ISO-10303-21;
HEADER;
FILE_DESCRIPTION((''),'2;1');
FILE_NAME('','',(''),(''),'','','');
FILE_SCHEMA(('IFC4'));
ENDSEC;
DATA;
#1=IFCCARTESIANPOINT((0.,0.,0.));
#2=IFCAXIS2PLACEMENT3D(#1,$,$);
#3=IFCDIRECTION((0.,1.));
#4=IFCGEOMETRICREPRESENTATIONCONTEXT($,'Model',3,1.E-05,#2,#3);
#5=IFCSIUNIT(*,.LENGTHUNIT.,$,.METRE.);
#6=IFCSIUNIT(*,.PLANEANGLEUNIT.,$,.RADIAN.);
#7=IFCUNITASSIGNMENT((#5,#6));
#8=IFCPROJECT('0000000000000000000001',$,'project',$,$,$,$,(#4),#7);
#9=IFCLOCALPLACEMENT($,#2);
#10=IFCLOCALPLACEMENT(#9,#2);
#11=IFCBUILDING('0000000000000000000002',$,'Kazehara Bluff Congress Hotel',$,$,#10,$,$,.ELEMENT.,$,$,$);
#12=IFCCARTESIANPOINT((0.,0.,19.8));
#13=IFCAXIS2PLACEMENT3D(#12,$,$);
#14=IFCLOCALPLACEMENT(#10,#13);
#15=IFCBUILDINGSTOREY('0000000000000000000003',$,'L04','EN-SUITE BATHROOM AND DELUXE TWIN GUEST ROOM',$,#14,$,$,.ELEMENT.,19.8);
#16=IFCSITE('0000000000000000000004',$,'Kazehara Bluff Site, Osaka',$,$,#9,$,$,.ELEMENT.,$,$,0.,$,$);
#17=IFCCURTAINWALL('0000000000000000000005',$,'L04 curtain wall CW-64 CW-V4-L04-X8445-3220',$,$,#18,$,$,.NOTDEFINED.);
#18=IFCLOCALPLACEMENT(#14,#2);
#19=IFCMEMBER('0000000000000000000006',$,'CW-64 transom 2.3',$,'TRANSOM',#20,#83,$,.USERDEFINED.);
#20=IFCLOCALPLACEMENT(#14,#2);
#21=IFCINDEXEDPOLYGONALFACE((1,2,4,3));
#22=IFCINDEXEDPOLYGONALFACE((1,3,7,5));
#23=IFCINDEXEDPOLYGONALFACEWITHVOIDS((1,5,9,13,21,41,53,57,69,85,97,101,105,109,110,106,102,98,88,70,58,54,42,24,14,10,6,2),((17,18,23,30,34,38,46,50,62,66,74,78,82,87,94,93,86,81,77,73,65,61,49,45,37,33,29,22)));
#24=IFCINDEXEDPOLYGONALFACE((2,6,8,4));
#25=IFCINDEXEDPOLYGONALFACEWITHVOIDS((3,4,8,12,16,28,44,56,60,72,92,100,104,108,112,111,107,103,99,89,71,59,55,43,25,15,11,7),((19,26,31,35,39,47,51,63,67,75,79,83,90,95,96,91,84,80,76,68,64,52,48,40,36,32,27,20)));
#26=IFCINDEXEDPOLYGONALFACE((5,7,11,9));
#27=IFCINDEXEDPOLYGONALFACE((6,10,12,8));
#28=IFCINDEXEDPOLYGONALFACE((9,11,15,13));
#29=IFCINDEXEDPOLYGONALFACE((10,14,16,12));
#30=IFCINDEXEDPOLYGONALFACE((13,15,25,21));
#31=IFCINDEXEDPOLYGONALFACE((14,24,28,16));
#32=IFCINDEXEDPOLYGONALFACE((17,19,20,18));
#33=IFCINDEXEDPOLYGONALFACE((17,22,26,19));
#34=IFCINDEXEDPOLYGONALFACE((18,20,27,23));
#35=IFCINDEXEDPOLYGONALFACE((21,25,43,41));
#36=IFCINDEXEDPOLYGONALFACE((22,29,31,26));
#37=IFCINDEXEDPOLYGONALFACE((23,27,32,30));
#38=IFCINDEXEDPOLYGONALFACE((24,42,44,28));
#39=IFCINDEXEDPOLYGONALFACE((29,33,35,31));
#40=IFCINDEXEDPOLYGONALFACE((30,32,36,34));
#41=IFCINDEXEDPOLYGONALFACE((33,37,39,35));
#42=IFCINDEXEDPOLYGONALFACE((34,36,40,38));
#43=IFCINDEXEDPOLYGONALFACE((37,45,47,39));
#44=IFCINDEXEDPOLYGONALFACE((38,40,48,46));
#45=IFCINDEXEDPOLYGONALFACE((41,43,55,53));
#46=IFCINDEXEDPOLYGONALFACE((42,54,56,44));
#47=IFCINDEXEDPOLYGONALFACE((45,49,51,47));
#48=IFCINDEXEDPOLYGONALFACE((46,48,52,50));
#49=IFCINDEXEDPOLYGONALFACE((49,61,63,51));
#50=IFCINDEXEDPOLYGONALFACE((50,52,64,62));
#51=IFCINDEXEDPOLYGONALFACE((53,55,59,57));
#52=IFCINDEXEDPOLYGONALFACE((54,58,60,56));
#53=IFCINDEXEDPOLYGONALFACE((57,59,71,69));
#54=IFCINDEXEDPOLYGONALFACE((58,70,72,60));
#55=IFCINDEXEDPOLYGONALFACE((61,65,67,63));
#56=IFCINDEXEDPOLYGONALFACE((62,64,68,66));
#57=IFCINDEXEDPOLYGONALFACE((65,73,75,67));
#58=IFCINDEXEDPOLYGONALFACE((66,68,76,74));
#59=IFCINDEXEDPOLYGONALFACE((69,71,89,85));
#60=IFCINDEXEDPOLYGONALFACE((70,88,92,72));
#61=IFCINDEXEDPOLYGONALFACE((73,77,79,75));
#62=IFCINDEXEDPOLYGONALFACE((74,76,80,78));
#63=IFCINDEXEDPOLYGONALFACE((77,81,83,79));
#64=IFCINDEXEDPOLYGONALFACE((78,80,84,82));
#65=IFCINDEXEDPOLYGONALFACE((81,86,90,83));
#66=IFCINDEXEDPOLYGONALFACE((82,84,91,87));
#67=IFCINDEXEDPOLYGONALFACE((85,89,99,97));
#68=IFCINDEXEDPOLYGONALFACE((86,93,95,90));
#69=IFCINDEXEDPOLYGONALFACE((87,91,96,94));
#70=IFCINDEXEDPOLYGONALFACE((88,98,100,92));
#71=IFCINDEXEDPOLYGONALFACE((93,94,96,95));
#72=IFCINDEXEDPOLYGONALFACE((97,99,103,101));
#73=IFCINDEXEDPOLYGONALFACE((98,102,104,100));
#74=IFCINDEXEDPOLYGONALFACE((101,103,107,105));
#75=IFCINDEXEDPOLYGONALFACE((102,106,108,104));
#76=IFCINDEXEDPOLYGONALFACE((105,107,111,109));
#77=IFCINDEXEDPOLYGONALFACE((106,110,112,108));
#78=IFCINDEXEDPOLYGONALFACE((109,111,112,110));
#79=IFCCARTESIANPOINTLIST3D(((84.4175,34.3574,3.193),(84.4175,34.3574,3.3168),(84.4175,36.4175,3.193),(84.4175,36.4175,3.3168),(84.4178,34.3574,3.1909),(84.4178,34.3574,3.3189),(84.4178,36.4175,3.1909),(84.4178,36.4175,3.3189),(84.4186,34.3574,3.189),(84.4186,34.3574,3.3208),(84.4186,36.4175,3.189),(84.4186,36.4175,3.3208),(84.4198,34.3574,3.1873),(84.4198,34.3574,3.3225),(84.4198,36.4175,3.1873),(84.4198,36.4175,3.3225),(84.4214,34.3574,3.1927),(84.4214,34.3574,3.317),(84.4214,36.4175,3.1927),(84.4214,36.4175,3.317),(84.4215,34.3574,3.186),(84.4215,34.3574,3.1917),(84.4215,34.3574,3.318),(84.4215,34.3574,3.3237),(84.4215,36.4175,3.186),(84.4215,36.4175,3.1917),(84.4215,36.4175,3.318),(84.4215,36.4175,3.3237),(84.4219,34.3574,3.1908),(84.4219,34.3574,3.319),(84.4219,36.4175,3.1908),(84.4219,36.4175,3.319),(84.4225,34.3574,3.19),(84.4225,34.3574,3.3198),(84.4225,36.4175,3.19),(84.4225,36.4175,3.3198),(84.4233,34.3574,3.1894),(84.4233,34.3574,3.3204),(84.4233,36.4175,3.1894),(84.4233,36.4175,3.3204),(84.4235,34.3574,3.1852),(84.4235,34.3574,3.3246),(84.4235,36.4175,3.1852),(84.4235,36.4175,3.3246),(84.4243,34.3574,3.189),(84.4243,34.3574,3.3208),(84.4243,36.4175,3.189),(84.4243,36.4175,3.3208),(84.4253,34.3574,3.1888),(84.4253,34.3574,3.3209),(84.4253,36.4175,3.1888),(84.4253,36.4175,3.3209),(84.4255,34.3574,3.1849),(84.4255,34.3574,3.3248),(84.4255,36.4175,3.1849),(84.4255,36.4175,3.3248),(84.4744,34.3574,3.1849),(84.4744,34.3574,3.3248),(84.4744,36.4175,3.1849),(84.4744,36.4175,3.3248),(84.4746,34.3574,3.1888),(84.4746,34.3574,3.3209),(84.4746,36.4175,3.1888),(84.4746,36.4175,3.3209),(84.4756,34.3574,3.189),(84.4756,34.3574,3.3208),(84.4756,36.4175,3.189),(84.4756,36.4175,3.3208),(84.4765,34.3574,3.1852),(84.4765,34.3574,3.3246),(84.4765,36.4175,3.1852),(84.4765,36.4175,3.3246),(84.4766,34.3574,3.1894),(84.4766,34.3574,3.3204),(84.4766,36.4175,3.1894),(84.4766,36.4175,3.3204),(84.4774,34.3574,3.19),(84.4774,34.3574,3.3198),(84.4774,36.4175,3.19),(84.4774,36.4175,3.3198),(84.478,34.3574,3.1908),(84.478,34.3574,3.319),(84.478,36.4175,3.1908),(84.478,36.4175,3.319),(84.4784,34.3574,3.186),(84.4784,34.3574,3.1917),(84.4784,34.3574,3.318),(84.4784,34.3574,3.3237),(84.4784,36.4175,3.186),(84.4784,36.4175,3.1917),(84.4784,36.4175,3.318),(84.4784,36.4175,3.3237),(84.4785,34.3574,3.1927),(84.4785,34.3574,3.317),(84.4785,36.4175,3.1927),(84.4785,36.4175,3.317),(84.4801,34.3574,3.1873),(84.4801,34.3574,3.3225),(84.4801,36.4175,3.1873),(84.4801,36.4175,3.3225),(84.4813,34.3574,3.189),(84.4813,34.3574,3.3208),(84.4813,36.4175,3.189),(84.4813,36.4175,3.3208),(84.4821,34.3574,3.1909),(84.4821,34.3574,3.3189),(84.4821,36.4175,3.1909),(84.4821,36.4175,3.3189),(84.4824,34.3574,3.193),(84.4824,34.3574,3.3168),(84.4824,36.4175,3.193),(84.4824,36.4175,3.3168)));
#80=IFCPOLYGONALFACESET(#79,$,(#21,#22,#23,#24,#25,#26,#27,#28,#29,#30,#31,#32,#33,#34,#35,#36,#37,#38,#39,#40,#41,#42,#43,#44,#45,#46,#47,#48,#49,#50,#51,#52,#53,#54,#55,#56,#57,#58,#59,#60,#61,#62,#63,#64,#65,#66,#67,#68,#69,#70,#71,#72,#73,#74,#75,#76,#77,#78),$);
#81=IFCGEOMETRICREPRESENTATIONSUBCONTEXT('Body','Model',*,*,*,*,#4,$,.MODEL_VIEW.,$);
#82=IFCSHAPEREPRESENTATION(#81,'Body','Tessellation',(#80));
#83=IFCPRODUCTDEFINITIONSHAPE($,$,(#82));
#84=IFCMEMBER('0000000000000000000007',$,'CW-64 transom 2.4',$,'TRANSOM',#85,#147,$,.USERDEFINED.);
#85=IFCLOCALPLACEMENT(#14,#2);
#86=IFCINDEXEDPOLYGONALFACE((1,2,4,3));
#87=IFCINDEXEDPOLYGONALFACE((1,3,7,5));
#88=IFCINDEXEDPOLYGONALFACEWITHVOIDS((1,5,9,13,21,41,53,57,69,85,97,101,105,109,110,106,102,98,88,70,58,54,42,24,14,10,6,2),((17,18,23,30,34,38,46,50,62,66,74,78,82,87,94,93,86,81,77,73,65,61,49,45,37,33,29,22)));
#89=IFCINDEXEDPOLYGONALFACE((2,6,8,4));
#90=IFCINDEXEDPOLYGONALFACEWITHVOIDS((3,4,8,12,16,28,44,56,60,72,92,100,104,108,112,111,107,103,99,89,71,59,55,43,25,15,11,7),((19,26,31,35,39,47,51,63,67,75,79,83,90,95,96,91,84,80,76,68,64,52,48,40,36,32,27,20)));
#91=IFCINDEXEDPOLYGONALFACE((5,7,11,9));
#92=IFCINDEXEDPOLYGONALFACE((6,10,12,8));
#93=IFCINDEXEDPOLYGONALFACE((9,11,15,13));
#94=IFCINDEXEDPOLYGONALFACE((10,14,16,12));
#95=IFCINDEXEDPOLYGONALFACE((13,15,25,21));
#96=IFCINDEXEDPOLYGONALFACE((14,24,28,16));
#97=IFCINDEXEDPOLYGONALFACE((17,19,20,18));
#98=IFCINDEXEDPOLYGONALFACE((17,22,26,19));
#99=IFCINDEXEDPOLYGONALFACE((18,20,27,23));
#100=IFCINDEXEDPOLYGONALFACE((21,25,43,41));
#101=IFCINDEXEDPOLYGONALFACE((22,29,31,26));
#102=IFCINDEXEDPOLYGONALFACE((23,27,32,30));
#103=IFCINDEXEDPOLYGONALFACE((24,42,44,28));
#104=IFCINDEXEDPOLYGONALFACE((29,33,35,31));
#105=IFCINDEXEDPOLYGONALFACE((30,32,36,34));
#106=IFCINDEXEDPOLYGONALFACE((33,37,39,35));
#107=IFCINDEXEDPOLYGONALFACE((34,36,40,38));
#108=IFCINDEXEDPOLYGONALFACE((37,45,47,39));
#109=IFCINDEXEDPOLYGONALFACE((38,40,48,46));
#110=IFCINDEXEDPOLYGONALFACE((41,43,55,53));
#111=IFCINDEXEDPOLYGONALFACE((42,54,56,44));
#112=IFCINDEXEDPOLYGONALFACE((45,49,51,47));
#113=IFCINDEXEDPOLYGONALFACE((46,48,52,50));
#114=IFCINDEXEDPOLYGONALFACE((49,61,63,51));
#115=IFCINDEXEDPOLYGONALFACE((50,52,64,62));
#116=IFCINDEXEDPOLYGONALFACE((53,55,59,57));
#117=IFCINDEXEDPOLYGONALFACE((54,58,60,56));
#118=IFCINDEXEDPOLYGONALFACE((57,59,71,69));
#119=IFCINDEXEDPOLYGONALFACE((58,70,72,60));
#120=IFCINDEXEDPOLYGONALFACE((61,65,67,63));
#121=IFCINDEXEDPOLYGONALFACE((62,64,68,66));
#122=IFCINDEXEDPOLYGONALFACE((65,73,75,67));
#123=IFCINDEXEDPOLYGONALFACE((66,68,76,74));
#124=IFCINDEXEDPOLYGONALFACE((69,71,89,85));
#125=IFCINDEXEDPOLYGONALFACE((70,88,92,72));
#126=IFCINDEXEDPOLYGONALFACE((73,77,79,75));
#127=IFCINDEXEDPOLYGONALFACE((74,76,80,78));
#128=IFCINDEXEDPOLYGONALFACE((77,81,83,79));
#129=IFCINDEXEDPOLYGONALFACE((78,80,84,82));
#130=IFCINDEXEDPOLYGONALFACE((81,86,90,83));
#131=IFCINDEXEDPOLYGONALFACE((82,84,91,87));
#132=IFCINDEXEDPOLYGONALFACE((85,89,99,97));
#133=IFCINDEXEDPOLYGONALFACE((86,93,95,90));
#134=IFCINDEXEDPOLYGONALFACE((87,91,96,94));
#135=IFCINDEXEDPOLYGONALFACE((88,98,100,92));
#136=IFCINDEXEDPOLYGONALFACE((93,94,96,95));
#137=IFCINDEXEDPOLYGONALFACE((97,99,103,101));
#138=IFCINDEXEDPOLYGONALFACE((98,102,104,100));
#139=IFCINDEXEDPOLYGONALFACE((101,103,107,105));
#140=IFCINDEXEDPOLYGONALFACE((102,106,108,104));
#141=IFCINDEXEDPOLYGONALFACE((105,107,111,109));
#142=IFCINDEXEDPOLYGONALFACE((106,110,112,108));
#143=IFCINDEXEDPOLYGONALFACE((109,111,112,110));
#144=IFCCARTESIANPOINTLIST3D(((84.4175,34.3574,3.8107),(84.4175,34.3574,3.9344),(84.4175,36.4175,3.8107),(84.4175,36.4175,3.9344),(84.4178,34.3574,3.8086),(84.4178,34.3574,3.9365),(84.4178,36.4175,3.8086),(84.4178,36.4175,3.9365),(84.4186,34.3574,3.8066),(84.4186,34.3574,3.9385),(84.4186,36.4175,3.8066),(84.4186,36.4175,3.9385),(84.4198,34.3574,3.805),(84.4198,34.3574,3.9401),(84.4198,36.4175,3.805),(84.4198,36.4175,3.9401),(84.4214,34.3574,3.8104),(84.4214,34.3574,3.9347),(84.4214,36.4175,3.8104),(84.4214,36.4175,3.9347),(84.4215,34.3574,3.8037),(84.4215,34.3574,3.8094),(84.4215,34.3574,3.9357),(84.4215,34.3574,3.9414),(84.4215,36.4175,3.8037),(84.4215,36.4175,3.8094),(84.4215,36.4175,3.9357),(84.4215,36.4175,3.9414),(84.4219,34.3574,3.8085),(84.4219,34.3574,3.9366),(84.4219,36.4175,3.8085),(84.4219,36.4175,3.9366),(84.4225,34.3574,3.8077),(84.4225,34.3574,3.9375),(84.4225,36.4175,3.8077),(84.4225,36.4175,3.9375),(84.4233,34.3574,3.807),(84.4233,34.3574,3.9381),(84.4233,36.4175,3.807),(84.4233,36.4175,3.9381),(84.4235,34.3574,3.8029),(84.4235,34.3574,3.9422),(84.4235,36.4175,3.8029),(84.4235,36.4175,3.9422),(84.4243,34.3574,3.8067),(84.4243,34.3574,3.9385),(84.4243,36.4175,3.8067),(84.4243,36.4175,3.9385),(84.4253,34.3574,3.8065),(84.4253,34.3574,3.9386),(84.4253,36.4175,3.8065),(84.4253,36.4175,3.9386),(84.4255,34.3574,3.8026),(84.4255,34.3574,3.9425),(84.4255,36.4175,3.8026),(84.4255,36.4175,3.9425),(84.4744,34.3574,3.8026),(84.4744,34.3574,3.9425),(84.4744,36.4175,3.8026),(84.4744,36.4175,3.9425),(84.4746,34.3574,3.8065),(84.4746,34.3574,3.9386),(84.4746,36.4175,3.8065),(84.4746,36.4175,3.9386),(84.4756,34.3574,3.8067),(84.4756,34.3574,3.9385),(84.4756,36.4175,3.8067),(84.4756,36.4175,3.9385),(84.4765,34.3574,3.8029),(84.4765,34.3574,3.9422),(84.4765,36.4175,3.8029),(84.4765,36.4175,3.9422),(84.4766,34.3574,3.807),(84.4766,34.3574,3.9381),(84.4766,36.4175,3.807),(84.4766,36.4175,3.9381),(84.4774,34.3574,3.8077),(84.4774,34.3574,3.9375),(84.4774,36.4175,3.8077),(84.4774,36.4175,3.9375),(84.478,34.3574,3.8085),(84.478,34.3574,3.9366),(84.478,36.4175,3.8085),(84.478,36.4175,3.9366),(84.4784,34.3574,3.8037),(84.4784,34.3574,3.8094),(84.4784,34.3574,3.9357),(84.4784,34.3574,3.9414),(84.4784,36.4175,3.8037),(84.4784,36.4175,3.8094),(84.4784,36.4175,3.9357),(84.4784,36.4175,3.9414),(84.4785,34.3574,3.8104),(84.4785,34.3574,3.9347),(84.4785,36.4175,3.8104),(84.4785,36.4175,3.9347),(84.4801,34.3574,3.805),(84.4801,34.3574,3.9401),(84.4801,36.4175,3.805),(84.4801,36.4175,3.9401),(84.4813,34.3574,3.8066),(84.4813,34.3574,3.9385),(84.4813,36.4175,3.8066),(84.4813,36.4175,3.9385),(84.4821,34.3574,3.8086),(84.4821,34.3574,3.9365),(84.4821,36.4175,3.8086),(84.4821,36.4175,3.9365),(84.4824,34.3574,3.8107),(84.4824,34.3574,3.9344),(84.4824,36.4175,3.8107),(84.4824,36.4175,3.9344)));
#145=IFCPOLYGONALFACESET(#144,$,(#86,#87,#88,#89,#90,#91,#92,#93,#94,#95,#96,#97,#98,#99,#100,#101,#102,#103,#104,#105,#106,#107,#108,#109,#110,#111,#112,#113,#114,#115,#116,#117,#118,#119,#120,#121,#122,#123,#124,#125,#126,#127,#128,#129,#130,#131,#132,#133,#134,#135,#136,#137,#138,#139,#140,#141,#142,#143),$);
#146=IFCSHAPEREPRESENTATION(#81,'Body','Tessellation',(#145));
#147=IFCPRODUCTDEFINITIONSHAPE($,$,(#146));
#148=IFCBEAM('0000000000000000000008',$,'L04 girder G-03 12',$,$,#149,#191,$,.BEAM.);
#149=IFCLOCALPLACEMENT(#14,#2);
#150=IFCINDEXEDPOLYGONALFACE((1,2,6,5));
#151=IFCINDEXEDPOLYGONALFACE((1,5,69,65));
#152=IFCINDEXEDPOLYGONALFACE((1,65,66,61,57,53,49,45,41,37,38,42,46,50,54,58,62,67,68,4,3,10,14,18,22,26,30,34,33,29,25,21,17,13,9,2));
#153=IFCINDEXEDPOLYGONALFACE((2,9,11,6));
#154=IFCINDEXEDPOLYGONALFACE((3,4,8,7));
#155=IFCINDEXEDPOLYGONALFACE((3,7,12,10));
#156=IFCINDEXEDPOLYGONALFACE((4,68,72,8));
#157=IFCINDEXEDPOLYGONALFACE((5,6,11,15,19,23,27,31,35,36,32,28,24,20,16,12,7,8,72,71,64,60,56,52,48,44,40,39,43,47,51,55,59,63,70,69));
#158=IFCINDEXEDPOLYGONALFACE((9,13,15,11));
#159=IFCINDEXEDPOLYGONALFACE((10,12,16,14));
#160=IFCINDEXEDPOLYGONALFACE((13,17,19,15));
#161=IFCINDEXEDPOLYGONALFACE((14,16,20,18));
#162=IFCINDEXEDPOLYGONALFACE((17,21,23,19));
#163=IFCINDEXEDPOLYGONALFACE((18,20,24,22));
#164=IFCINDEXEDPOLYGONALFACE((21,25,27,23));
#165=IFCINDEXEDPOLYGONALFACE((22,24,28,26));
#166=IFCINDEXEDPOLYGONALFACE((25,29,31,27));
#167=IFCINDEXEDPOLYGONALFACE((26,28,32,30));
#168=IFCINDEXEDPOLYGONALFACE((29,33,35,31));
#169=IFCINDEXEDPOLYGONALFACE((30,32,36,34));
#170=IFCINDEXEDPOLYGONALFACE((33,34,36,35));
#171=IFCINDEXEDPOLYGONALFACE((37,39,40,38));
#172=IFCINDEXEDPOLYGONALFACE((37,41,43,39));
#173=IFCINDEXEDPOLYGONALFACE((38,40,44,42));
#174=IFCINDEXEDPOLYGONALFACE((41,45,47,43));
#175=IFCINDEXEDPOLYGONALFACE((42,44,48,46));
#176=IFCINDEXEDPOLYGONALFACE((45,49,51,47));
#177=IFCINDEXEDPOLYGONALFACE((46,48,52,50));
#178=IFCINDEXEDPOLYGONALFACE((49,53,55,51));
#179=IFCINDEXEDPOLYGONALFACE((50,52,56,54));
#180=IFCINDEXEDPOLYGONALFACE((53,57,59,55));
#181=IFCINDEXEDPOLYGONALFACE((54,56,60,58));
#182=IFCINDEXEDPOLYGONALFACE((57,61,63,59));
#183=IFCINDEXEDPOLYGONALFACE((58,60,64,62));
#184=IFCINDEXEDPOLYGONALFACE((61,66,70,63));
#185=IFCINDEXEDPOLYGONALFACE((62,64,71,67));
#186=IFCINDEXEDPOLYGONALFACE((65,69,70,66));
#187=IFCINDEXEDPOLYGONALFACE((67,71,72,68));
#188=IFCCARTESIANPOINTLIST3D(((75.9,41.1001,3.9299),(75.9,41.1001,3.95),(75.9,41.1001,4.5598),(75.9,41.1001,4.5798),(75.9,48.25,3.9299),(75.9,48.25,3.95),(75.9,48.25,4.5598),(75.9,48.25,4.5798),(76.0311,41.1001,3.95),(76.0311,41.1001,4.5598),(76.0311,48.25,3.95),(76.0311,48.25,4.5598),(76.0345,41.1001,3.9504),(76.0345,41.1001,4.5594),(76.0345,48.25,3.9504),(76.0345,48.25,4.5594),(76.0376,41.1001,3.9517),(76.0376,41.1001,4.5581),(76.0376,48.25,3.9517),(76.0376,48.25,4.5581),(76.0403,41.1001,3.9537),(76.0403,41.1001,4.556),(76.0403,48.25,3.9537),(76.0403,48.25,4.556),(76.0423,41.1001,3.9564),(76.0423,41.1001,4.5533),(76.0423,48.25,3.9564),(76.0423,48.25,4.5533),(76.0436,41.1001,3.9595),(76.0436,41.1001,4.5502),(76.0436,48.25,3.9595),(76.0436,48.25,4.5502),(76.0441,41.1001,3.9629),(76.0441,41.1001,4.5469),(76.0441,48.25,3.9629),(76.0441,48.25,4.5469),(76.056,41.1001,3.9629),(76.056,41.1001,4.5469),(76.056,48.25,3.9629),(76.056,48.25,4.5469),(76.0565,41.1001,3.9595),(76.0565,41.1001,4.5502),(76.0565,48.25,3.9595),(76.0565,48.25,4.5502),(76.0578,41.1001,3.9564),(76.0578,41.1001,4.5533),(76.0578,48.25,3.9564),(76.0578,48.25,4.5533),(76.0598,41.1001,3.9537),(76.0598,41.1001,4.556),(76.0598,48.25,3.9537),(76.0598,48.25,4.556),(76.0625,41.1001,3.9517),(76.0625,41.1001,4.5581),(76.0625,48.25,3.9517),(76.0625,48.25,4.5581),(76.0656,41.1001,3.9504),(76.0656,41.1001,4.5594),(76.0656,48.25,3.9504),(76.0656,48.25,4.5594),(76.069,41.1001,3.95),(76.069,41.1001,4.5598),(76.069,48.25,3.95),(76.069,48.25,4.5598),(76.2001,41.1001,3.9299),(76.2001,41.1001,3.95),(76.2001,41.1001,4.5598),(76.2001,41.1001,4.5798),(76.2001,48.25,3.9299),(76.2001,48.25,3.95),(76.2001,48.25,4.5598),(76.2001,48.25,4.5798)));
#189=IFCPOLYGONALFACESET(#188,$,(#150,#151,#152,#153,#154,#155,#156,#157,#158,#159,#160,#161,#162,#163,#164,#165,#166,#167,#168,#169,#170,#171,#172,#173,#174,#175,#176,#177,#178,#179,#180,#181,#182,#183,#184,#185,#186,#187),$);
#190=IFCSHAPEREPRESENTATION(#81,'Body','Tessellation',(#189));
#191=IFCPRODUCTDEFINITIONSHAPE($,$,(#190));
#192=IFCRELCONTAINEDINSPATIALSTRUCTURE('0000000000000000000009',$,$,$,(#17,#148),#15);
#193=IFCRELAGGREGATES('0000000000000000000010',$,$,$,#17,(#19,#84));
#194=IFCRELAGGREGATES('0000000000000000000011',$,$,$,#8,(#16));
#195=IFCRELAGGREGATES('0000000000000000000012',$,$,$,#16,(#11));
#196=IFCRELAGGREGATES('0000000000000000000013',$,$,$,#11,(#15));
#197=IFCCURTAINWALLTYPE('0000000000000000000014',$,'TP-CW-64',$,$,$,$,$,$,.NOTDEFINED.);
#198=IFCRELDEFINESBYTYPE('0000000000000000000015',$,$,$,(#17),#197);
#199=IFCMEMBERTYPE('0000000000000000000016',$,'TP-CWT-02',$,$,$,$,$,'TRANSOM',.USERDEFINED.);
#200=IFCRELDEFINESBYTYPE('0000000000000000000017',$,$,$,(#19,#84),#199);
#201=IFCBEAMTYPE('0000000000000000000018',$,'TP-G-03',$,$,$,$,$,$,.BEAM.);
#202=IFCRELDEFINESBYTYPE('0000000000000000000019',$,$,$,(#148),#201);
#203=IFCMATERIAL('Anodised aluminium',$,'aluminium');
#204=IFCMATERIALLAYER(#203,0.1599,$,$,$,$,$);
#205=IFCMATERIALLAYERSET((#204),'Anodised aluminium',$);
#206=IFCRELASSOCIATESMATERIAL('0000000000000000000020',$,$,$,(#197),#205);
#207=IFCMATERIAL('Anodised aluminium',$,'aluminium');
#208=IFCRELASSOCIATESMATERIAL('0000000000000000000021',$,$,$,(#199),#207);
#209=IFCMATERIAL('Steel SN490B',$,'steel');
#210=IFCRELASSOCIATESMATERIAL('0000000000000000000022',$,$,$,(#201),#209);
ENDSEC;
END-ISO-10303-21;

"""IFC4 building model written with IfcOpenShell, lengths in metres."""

from ifc_helpers import new_model, si_unit, direction, frame, origin, origin_2d, place, context, subcontext, project, spatial, hollow_rectangle, i_section, extrude, material, layer, layer_set, material_profile, profile_set, type_object, element, aggregate, save


model = new_model("IFC4")

# Units and contexts
model_context = context("Model", 3, precision=1e-05, world=origin(), true_north=direction((0.0, 1.0)))
body_context = subcontext(model_context, "Body", "Model", "MODEL_VIEW")
ifc_project = project(units=[si_unit("LENGTHUNIT", "METRE"), si_unit("PLANEANGLEUNIT", "RADIAN")], contexts=[model_context])

# Site, building, storey
site_placement = place(None, origin())
site = spatial("IfcSite", under=ifc_project, at=site_placement, Name="Kazehara Bluff Site, Osaka", CompositionType="ELEMENT", RefElevation=0.0)
building_placement = place(site_placement, origin())
building = spatial("IfcBuilding", under=site, at=building_placement, Name="Kazehara Bluff Congress Hotel", CompositionType="ELEMENT")
storey_placement = place(building_placement, frame((0.0, 0.0, 19.8)))
storey = spatial("IfcBuildingStorey", under=building, at=storey_placement, Name="L04", Description="EN-SUITE BATHROOM AND DELUXE TWIN GUEST ROOM", CompositionType="ELEMENT", Elevation=19.8)

# Curtain wall
ifc_material_1 = material(Name="Anodised aluminium", Category="aluminium")
ifc_layer_1 = layer(ifc_material_1, 0.1599)
ifc_layer_set_1 = layer_set([ifc_layer_1], Name="Anodised aluminium")
curtain_wall_type_1 = type_object("IfcCurtainWallType", Name="TP-CW-64", PredefinedType="NOTDEFINED", material=ifc_layer_set_1)
curtain_wall_1_placement = place(storey_placement, origin())
curtain_wall_1 = element("IfcCurtainWall", 1, at=curtain_wall_1_placement, inside=storey, type_object=curtain_wall_type_1, Name="L04 curtain wall CW-64 CW-V4-L04-X8445-3220", PredefinedType="NOTDEFINED")

# Members
ifc_material_2 = material(Name="Anodised aluminium", Category="aluminium")
ifc_material_profile_1 = material_profile(ifc_material_2, hollow_rectangle(XDim=0.0649, YDim=0.1399, WallThickness=0.0039, InnerFilletRadius=0.0039, OuterFilletRadius=0.0081, at=origin_2d()))
ifc_profile_set_1 = profile_set([ifc_material_profile_1], Name="Anodised aluminium")
member_type_1 = type_object("IfcMemberType", Name="TP-CWT-02", ElementType="TRANSOM", PredefinedType="USERDEFINED", material=ifc_profile_set_1)
member_1_placement = place(storey_placement, frame((84.45, 34.3574, 3.2549), z_axis=(0.0, 1.0, 0.0), x_axis=(-1.0, 0.0, 0.0)))
member_1 = element("IfcMember", 2, at=member_1_placement, type_object=member_type_1, Name="CW-64 transom 2.3", ObjectType="TRANSOM", PredefinedType="USERDEFINED", context=body_context, shape_type="SweptSolid", body=[
    extrude(hollow_rectangle(XDim=0.0649, YDim=0.1399, WallThickness=0.0039, InnerFilletRadius=0.0039, OuterFilletRadius=0.0081, at=origin_2d()), origin(), (0.0, 0.0, 1.0), 2.0601),
])
member_2_placement = place(storey_placement, frame((84.45, 34.3574, 3.8726), z_axis=(0.0, 1.0, 0.0), x_axis=(-1.0, 0.0, 0.0)))
member_2 = element("IfcMember", 3, at=member_2_placement, type_object=member_type_1, Name="CW-64 transom 2.4", ObjectType="TRANSOM", PredefinedType="USERDEFINED", context=body_context, shape_type="SweptSolid", body=[
    extrude(hollow_rectangle(XDim=0.0649, YDim=0.1399, WallThickness=0.0039, InnerFilletRadius=0.0039, OuterFilletRadius=0.0081, at=origin_2d()), origin(), (0.0, 0.0, 1.0), 2.0601),
])

# Beam
ifc_material_3 = material(Name="Steel SN490B", Category="steel")
ifc_material_profile_2 = material_profile(ifc_material_3, i_section(OverallWidth=0.3, OverallDepth=0.6499, WebThickness=0.012, FlangeThickness=0.02, FilletRadius=0.0129, at=origin_2d()))
ifc_profile_set_2 = profile_set([ifc_material_profile_2], Name="Steel SN490B")
beam_type_1 = type_object("IfcBeamType", Name="TP-G-03", PredefinedType="BEAM", material=ifc_profile_set_2)
for number, where, z_axis, x_axis, name in (
    (4, (76.05, 41.1001, 4.2549), (0.0, 1.0, 0.0), (-1.0, 0.0, 0.0), "L04 girder G-03 12"),
):
    element("IfcBeam", number, at=place(storey_placement, frame(where, z_axis=z_axis, x_axis=x_axis)), inside=storey, type_object=beam_type_1, Name=name, PredefinedType="BEAM", context=body_context, shape_type="SweptSolid", body=[
        extrude(i_section(OverallWidth=0.3, OverallDepth=0.6499, WebThickness=0.012, FlangeThickness=0.02, FilletRadius=0.0129, at=origin_2d()), origin(), (0.0, 0.0, 1.0), 7.1499),
    ])

aggregate(curtain_wall_1, [member_1, member_2])

save(model, "model.ifc")
